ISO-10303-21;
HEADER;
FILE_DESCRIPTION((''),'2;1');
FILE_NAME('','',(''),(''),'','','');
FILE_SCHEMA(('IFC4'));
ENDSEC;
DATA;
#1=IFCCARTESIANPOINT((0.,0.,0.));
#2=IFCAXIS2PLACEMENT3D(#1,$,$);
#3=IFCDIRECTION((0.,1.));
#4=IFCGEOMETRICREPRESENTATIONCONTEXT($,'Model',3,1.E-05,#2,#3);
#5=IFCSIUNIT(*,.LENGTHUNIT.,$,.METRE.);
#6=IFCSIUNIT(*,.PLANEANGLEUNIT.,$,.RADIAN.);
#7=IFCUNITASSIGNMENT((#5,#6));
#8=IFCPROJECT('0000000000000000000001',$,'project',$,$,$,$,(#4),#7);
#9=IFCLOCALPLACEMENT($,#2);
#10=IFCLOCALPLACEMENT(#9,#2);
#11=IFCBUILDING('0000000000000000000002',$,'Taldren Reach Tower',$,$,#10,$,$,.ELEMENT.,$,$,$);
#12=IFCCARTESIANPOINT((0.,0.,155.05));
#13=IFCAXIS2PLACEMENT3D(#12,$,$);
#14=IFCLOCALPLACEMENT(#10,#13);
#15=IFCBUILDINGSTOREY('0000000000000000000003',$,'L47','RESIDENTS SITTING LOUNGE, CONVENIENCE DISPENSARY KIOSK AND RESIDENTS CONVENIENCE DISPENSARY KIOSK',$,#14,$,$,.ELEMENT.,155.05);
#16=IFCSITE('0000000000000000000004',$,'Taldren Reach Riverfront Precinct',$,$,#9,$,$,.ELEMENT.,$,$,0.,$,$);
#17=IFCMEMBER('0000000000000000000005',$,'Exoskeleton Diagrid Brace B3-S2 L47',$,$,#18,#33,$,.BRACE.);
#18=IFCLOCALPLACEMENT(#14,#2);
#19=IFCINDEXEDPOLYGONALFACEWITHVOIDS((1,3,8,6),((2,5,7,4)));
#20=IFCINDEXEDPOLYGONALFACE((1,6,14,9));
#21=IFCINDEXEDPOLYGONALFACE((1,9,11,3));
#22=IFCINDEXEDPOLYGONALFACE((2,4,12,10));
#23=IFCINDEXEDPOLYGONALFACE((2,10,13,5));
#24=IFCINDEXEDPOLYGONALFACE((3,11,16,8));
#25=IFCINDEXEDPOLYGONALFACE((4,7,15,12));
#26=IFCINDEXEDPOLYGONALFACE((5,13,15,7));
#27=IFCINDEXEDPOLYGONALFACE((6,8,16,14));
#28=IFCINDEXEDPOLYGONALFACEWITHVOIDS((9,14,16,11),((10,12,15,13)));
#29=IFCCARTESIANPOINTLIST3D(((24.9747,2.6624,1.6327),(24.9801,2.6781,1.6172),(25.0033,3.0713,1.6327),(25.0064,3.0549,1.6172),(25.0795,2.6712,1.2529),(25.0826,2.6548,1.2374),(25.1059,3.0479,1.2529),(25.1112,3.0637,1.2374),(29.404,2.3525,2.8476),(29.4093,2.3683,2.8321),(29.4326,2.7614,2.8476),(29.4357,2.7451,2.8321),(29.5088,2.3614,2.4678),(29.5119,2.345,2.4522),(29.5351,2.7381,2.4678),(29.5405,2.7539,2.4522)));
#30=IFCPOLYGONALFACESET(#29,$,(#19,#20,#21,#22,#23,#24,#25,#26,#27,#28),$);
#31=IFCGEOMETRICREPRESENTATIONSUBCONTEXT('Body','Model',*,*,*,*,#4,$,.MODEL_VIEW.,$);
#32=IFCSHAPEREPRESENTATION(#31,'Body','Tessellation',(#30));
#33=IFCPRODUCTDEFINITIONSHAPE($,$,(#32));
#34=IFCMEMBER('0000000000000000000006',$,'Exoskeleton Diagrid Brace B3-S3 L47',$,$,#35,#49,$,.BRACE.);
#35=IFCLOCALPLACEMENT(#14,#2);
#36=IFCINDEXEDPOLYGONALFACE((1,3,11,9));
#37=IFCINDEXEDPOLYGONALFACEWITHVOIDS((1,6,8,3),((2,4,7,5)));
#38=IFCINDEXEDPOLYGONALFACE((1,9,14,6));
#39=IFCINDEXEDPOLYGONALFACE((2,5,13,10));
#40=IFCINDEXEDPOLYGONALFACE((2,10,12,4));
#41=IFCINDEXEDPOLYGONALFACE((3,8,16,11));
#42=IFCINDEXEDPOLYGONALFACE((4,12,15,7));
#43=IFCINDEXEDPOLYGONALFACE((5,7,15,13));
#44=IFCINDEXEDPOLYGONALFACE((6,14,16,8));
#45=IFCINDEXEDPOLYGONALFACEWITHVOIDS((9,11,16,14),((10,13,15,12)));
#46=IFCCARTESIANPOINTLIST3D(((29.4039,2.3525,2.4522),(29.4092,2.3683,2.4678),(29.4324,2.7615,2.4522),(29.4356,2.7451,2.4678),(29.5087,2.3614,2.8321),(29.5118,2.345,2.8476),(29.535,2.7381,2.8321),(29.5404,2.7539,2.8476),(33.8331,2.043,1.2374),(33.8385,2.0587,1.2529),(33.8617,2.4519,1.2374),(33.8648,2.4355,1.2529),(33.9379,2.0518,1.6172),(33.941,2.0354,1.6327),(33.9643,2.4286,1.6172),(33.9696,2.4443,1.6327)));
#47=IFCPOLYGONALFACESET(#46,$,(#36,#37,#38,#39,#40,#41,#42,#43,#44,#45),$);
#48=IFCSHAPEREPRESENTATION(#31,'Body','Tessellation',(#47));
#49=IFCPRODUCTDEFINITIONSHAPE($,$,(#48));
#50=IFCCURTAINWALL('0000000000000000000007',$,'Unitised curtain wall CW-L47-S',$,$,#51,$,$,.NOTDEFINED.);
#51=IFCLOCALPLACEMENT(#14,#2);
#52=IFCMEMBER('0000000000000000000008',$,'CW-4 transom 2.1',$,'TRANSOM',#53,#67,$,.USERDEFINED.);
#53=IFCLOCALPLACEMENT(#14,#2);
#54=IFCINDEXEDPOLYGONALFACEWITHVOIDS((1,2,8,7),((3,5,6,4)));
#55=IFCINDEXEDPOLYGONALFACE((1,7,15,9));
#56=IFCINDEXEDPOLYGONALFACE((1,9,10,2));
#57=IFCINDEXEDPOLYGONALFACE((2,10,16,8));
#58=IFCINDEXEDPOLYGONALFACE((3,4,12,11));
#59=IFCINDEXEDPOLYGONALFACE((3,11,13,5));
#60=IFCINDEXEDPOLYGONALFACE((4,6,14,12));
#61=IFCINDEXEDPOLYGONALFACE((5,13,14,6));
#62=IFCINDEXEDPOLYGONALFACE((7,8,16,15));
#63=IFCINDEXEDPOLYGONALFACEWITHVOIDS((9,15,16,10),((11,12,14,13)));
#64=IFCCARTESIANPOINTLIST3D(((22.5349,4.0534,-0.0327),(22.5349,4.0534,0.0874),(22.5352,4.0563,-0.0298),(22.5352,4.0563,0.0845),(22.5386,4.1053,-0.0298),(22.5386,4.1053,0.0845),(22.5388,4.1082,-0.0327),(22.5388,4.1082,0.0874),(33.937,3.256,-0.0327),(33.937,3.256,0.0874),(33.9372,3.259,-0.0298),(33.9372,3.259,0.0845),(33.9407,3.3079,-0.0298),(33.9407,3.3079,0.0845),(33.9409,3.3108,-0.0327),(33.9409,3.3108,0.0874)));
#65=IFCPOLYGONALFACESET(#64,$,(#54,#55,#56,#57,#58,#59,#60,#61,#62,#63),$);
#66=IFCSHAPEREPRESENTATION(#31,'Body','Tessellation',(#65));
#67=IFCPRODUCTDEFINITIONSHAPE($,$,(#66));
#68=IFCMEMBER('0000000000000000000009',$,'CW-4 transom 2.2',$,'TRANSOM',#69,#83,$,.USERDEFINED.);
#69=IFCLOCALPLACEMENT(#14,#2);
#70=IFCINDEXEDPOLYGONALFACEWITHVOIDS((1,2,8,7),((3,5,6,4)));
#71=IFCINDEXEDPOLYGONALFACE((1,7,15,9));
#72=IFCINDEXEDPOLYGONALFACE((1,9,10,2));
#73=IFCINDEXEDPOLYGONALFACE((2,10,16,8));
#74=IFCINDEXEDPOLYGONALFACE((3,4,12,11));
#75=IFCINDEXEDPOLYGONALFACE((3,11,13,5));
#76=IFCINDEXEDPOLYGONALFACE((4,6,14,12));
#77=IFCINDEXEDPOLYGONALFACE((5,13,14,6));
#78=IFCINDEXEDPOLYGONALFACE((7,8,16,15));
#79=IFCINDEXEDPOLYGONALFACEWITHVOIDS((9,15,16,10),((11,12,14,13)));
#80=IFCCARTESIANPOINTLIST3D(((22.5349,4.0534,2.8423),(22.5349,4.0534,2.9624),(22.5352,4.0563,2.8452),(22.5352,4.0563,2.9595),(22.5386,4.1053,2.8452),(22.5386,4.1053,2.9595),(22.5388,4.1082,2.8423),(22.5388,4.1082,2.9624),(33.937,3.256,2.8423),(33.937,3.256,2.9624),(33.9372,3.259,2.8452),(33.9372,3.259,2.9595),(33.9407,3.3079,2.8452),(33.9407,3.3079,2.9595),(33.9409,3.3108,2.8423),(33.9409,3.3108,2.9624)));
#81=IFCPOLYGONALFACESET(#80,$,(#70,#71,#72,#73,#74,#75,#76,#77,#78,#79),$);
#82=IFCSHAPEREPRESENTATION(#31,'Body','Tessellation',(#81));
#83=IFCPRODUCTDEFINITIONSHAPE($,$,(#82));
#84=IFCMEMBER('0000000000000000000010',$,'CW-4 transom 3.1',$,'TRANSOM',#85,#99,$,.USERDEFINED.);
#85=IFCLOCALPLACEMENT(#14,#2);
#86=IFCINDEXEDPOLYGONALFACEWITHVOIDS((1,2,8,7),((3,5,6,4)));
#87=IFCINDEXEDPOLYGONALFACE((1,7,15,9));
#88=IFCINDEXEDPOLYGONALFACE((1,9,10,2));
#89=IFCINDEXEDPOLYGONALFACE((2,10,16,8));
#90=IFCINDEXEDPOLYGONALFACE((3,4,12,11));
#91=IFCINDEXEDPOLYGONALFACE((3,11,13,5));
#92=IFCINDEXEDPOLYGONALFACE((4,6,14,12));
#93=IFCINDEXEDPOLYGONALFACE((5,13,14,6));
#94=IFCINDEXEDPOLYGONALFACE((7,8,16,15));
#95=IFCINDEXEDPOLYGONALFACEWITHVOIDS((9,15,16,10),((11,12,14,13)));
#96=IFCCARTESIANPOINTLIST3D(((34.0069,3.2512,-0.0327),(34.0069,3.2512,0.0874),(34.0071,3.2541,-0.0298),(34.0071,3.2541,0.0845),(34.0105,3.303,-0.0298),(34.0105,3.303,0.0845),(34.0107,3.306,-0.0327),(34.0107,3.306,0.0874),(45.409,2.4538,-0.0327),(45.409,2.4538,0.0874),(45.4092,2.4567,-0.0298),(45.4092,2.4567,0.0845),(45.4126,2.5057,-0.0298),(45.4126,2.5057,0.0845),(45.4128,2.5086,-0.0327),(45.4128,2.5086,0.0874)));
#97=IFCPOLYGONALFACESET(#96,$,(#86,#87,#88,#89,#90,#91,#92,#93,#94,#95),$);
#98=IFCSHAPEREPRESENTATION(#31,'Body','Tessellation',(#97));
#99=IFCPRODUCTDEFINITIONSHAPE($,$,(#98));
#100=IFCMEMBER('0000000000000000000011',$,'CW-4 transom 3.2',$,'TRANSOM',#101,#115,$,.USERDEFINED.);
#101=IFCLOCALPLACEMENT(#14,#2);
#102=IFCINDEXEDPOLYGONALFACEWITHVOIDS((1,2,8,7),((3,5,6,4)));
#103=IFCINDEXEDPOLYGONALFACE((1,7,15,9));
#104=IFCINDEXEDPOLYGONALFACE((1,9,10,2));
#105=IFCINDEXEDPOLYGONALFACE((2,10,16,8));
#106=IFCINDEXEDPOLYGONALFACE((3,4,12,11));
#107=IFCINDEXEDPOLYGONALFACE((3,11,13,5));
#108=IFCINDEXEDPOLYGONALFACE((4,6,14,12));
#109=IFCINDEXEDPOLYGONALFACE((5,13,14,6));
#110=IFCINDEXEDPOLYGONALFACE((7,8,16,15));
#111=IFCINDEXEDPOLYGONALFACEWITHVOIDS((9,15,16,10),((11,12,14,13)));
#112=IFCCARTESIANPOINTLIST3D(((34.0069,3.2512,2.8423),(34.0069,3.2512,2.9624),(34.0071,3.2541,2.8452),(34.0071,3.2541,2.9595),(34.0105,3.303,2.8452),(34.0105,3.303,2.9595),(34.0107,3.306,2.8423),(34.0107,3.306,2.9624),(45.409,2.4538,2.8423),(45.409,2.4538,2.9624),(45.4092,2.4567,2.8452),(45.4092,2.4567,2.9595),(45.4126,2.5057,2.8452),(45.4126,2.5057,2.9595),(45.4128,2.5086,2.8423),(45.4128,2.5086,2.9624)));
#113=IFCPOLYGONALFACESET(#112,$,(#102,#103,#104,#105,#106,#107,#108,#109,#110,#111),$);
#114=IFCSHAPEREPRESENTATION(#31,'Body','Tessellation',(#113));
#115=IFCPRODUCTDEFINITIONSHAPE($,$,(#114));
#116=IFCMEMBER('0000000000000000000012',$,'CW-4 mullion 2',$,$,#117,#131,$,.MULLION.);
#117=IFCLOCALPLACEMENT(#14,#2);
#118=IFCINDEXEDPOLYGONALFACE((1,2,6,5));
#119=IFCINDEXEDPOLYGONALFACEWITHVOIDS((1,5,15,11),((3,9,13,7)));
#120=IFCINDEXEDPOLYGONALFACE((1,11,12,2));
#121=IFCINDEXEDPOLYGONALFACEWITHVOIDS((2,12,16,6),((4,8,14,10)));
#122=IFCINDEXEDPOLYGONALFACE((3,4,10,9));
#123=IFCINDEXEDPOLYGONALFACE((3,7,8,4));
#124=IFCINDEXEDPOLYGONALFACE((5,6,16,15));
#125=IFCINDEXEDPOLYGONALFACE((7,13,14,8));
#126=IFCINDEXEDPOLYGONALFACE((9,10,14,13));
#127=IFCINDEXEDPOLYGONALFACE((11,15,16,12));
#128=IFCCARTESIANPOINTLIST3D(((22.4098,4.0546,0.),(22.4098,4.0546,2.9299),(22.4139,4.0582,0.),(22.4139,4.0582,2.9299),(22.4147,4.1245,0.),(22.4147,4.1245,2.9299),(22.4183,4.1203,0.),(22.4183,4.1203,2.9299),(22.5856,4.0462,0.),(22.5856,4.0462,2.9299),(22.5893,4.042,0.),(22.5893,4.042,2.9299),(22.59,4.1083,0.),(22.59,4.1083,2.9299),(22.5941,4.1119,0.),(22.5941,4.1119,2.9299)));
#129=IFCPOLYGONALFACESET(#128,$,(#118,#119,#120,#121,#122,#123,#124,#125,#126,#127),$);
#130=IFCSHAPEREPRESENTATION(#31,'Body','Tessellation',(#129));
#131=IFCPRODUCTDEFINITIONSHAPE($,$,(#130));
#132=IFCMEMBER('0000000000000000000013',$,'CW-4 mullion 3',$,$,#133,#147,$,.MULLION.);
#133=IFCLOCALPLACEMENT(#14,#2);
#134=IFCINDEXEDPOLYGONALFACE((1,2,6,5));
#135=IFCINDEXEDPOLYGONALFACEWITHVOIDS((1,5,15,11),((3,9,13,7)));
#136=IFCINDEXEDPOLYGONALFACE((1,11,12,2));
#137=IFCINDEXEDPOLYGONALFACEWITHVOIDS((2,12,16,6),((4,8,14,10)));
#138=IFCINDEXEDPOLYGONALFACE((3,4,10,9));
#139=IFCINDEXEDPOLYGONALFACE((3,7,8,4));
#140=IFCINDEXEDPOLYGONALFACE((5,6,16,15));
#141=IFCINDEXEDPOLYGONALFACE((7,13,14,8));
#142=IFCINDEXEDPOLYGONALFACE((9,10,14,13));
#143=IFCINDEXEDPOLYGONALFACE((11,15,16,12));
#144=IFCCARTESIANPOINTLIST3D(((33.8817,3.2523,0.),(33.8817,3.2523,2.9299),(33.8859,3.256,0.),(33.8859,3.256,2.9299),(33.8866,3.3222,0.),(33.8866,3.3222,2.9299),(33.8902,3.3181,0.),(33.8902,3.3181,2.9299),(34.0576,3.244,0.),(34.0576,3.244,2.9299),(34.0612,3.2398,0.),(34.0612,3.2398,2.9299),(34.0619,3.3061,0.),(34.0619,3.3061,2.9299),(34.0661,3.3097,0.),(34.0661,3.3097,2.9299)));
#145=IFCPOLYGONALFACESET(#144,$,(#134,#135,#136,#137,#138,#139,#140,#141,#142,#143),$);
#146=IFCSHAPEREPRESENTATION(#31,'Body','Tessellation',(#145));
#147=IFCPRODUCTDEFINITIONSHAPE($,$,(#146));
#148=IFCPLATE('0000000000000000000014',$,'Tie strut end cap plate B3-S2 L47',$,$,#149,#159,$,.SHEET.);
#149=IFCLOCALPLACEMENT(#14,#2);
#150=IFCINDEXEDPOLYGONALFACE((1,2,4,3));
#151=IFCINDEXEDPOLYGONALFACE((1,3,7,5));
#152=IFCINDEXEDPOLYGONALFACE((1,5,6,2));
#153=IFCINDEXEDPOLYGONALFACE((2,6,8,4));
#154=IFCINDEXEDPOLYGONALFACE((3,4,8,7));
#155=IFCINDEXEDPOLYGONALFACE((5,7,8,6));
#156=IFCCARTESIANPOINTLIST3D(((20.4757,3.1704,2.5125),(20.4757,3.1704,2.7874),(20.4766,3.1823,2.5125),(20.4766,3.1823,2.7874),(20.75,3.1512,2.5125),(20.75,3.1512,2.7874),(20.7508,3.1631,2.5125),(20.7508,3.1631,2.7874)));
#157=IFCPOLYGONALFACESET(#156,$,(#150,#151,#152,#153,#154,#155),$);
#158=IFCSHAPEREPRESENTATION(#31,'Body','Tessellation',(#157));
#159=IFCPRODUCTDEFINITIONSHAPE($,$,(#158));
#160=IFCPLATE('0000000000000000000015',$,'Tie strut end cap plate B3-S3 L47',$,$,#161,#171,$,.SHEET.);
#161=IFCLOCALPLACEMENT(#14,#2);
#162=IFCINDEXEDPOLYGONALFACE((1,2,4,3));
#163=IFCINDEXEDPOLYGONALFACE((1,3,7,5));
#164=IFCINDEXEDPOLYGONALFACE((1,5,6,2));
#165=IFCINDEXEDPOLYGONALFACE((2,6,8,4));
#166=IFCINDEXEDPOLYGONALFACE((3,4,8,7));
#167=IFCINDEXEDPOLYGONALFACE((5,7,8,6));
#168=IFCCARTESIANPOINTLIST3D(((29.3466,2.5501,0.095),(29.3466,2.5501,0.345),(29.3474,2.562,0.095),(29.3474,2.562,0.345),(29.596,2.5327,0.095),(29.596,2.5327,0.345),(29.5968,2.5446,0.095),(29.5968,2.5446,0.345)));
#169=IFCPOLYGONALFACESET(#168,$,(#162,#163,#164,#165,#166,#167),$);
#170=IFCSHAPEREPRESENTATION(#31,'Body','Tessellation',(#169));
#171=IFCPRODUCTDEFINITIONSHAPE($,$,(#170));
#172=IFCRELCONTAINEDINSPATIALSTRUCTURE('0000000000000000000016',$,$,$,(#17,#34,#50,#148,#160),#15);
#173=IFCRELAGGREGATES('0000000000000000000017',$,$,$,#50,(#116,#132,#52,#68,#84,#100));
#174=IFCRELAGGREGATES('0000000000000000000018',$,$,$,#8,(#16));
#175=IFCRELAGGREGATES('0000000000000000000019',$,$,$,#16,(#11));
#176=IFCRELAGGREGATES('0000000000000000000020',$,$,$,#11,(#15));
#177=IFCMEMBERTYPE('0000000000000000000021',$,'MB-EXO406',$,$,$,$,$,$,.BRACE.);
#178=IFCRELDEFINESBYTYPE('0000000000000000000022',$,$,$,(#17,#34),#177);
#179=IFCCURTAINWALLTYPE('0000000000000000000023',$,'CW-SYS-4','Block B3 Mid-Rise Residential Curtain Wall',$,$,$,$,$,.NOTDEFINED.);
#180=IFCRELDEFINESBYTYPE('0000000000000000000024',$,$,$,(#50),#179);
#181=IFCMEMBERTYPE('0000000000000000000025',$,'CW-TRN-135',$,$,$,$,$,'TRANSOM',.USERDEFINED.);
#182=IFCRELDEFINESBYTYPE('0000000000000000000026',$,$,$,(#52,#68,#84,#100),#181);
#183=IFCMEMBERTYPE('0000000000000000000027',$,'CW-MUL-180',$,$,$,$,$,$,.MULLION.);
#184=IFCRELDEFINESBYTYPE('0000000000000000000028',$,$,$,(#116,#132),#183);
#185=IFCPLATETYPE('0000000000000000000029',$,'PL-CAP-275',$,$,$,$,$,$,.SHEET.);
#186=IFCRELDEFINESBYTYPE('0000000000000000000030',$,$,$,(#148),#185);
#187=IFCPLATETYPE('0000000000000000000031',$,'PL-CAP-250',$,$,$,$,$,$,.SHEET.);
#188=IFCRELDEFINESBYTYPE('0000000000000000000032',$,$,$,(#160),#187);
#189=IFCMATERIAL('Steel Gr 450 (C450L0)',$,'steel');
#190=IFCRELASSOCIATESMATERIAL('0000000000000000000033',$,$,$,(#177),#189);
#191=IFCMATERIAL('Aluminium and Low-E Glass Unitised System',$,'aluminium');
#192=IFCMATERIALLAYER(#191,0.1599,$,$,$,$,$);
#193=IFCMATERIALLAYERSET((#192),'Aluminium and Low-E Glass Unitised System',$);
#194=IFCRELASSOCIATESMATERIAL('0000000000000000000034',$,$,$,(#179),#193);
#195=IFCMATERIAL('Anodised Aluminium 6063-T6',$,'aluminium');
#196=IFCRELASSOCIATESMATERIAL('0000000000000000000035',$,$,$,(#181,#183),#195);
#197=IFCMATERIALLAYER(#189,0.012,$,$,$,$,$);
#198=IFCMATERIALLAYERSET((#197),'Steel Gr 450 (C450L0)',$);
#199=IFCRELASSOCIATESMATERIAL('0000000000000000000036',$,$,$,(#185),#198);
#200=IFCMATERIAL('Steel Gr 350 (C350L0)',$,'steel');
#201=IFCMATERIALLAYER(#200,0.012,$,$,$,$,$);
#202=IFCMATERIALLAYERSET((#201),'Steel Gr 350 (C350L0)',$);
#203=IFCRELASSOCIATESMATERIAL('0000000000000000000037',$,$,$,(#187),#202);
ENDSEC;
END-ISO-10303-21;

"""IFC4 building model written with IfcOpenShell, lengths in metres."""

from ifc_helpers import new_model, si_unit, direction, frame, origin, origin_2d, place, context, subcontext, project, spatial, rectangle, hollow_rectangle, extrude, source, transform, mapped, material, layer, layer_set, material_profile, profile_set, type_object, element, aggregate, save


model = new_model("IFC4")

# Units and contexts
model_context = context("Model", 3, precision=1e-05, world=origin(), true_north=direction((0.0, 1.0)))
body_context = subcontext(model_context, "Body", "Model", "MODEL_VIEW")
ifc_project = project(units=[si_unit("LENGTHUNIT", "METRE"), si_unit("PLANEANGLEUNIT", "RADIAN")], contexts=[model_context])

# Site, building, storey
site_placement = place(None, origin())
site = spatial("IfcSite", under=ifc_project, at=site_placement, Name="Taldren Reach Riverfront Precinct", CompositionType="ELEMENT", RefElevation=0.0)
building_placement = place(site_placement, origin())
building = spatial("IfcBuilding", under=site, at=building_placement, Name="Taldren Reach Tower", CompositionType="ELEMENT")
storey_placement = place(building_placement, frame((0.0, 0.0, 155.05)))
storey = spatial("IfcBuildingStorey", under=building, at=storey_placement, Name="L47", Description="RESIDENTS SITTING LOUNGE, CONVENIENCE DISPENSARY KIOSK AND RESIDENTS CONVENIENCE DISPENSARY KIOSK", CompositionType="ELEMENT", Elevation=155.05)

# Shared definitions
ifc_material_1 = material(Name="Steel Gr 450 (C450L0)", Category="steel")
ifc_material_2 = material(Name="Steel Gr 350 (C350L0)", Category="steel")

# Members
ifc_material_profile_1 = material_profile(ifc_material_1, hollow_rectangle(XDim=0.4099, YDim=0.4099, WallThickness=0.0161, at=origin_2d()), Name="410x410x16.0SHS")
ifc_profile_set_1 = profile_set([ifc_material_profile_1], Name="Steel Gr 450 (C450L0)")
member_type_1 = type_object("IfcMemberType", Name="MB-EXO406", PredefinedType="BRACE", material=ifc_profile_set_1)
shared_shape_1 = source(origin(), body_context, "Body", "SweptSolid", [
    extrude(hollow_rectangle(XDim=0.4099, YDim=0.4099, WallThickness=0.0161, at=origin_2d()), origin(), (0.0, 0.0, 1.0), 4.6033),
])
for number, where, z_axis, x_axis, name in (
    (1, (25.043, 2.863, 1.4351), (0.962196, -0.067304, 0.263912), (0.069778, 0.997563, 0.0), "Exoskeleton Diagrid Brace B3-S2 L47"),
    (2, (33.9014, 2.2437, 1.4351), (-0.962199, 0.067251, 0.263913), (-0.069723, -0.997566, 0.0), "Exoskeleton Diagrid Brace B3-S3 L47"),
):
    element("IfcMember", number, at=place(storey_placement, frame(where, z_axis=z_axis, x_axis=x_axis)), inside=storey, type_object=member_type_1, Name=name, PredefinedType="BRACE", context=body_context, shape_type="MappedRepresentation", body=[
        mapped(shared_shape_1, transform((0.0, 0.0, 0.0), scale=1.0)),
    ])

# Curtain wall, members
ifc_material_3 = material(Name="Aluminium and Low-E Glass Unitised System", Category="aluminium")
ifc_layer_1 = layer(ifc_material_3, 0.1599)
ifc_layer_set_1 = layer_set([ifc_layer_1], Name="Aluminium and Low-E Glass Unitised System")
curtain_wall_type = type_object("IfcCurtainWallType", Name="CW-SYS-4", Description="Block B3 Mid-Rise Residential Curtain Wall", PredefinedType="NOTDEFINED", material=ifc_layer_set_1)
curtain_wall_placement = place(storey_placement, origin())
curtain_wall = element("IfcCurtainWall", 3, at=curtain_wall_placement, inside=storey, type_object=curtain_wall_type, Name="Unitised curtain wall CW-L47-S", PredefinedType="NOTDEFINED")
ifc_material_4 = material(Name="Anodised Aluminium 6063-T6", Category="aluminium")
ifc_material_profile_2 = material_profile(ifc_material_4, hollow_rectangle(XDim=0.0549, YDim=0.1201, WallThickness=0.0029, at=origin_2d()), Name="ALU-120x55x3RHS")
ifc_profile_set_2 = profile_set([ifc_material_profile_2], Name="Anodised Aluminium 6063-T6")
member_type_2 = type_object("IfcMemberType", Name="CW-TRN-135", ElementType="TRANSOM", PredefinedType="USERDEFINED", material=ifc_profile_set_2)
shared_shape_2 = source(origin(), body_context, "Body", "SweptSolid", [
    extrude(hollow_rectangle(XDim=0.0549, YDim=0.1201, WallThickness=0.0029, at=origin_2d()), origin(), (0.0, 0.0, 1.0), 11.4299),
])
member_1_placement = place(storey_placement, frame((22.5369, 4.0808, 0.0273), z_axis=(0.997564, -0.069761, 0.0), x_axis=(0.069761, 0.997564, 0.0)))
member_1 = element("IfcMember", 4, at=member_1_placement, type_object=member_type_2, Name="CW-4 transom 2.1", ObjectType="TRANSOM", PredefinedType="USERDEFINED", context=body_context, shape_type="MappedRepresentation", body=[
    mapped(shared_shape_2, transform((0.0, 0.0, 0.0), scale=1.0)),
])
member_2_placement = place(storey_placement, frame((22.5369, 4.0808, 2.9023), z_axis=(0.997564, -0.069761, 0.0), x_axis=(0.069761, 0.997564, 0.0)))
member_2 = element("IfcMember", 5, at=member_2_placement, type_object=member_type_2, Name="CW-4 transom 2.2", ObjectType="TRANSOM", PredefinedType="USERDEFINED", context=body_context, shape_type="MappedRepresentation", body=[
    mapped(shared_shape_2, transform((0.0, 0.0, 0.0), scale=1.0)),
])
member_3_placement = place(storey_placement, frame((34.0088, 3.2786, 0.0273), z_axis=(0.997564, -0.069761, 0.0), x_axis=(0.069761, 0.997564, 0.0)))
member_3 = element("IfcMember", 6, at=member_3_placement, type_object=member_type_2, Name="CW-4 transom 3.1", ObjectType="TRANSOM", PredefinedType="USERDEFINED", context=body_context, shape_type="MappedRepresentation", body=[
    mapped(shared_shape_2, transform((0.0, 0.0, 0.0), scale=1.0)),
])
member_4_placement = place(storey_placement, frame((34.0088, 3.2786, 2.9023), z_axis=(0.997564, -0.069761, 0.0), x_axis=(0.069761, 0.997564, 0.0)))
member_4 = element("IfcMember", 7, at=member_4_placement, type_object=member_type_2, Name="CW-4 transom 3.2", ObjectType="TRANSOM", PredefinedType="USERDEFINED", context=body_context, shape_type="MappedRepresentation", body=[
    mapped(shared_shape_2, transform((0.0, 0.0, 0.0), scale=1.0)),
])
ifc_material_profile_3 = material_profile(ifc_material_4, hollow_rectangle(XDim=0.0701, YDim=0.1799, WallThickness=0.0039, at=origin_2d()), Name="ALU-180x70x4RHS")
ifc_profile_set_3 = profile_set([ifc_material_profile_3], Name="Anodised Aluminium 6063-T6")
member_type_3 = type_object("IfcMemberType", Name="CW-MUL-180", PredefinedType="MULLION", material=ifc_profile_set_3)
shared_shape_3 = source(origin(), body_context, "Body", "SweptSolid", [
    extrude(hollow_rectangle(XDim=0.0701, YDim=0.1799, WallThickness=0.0039, at=origin_2d()), origin(), (0.0, 0.0, 1.0), 2.9299),
])
member_5_placement = place(storey_placement, frame((22.502, 4.0833, 0.0), z_axis=(0.0, 0.0, 1.0), x_axis=(0.069757, 0.997564, 0.0)))
member_5 = element("IfcMember", 8, at=member_5_placement, type_object=member_type_3, Name="CW-4 mullion 2", PredefinedType="MULLION", context=body_context, shape_type="MappedRepresentation", body=[
    mapped(shared_shape_3, transform((0.0, 0.0, 0.0), scale=1.0)),
])
member_6_placement = place(storey_placement, frame((33.9739, 3.281, 0.0), z_axis=(0.0, 0.0, 1.0), x_axis=(0.069757, 0.997564, 0.0)))
member_6 = element("IfcMember", 9, at=member_6_placement, type_object=member_type_3, Name="CW-4 mullion 3", PredefinedType="MULLION", context=body_context, shape_type="MappedRepresentation", body=[
    mapped(shared_shape_3, transform((0.0, 0.0, 0.0), scale=1.0)),
])

# Plates
ifc_layer_2 = layer(ifc_material_1, 0.012)
ifc_layer_set_2 = layer_set([ifc_layer_2], Name="Steel Gr 450 (C450L0)")
plate_type_1 = type_object("IfcPlateType", Name="PL-CAP-275", PredefinedType="SHEET", material=ifc_layer_set_2)
shared_shape_4 = source(origin(), body_context, "Body", "SweptSolid", [
    extrude(rectangle(XDim=0.2749, YDim=0.012, at=origin_2d()), origin(), (0.0, 0.0, 1.0), 0.2749),
])
plate_1_placement = place(storey_placement, frame((20.6133, 3.1667, 2.5125), z_axis=(0.0, 0.0, 1.0), x_axis=(0.997564, -0.069756, 0.0)))
element("IfcPlate", 10, at=plate_1_placement, inside=storey, type_object=plate_type_1, Name="Tie strut end cap plate B3-S2 L47", PredefinedType="SHEET", context=body_context, shape_type="MappedRepresentation", body=[
    mapped(shared_shape_4, transform((0.0, 0.0, 0.0), scale=1.0)),
])
ifc_layer_3 = layer(ifc_material_2, 0.012)
ifc_layer_set_3 = layer_set([ifc_layer_3], Name="Steel Gr 350 (C350L0)")
plate_type_2 = type_object("IfcPlateType", Name="PL-CAP-250", PredefinedType="SHEET", material=ifc_layer_set_3)
shared_shape_5 = source(origin(), body_context, "Body", "SweptSolid", [
    extrude(rectangle(XDim=0.25, YDim=0.012, at=origin_2d()), origin(), (0.0, 0.0, 1.0), 0.25),
])
plate_2_placement = place(storey_placement, frame((29.4717, 2.5474, 0.095), z_axis=(0.0, 0.0, 1.0), x_axis=(0.997564, -0.069756, 0.0)))
element("IfcPlate", 11, at=plate_2_placement, inside=storey, type_object=plate_type_2, Name="Tie strut end cap plate B3-S3 L47", PredefinedType="SHEET", context=body_context, shape_type="MappedRepresentation", body=[
    mapped(shared_shape_5, transform((0.0, 0.0, 0.0), scale=1.0)),
])

aggregate(curtain_wall, [member_5, member_6, member_1, member_2, member_3, member_4])

save(model, "model.ifc")
